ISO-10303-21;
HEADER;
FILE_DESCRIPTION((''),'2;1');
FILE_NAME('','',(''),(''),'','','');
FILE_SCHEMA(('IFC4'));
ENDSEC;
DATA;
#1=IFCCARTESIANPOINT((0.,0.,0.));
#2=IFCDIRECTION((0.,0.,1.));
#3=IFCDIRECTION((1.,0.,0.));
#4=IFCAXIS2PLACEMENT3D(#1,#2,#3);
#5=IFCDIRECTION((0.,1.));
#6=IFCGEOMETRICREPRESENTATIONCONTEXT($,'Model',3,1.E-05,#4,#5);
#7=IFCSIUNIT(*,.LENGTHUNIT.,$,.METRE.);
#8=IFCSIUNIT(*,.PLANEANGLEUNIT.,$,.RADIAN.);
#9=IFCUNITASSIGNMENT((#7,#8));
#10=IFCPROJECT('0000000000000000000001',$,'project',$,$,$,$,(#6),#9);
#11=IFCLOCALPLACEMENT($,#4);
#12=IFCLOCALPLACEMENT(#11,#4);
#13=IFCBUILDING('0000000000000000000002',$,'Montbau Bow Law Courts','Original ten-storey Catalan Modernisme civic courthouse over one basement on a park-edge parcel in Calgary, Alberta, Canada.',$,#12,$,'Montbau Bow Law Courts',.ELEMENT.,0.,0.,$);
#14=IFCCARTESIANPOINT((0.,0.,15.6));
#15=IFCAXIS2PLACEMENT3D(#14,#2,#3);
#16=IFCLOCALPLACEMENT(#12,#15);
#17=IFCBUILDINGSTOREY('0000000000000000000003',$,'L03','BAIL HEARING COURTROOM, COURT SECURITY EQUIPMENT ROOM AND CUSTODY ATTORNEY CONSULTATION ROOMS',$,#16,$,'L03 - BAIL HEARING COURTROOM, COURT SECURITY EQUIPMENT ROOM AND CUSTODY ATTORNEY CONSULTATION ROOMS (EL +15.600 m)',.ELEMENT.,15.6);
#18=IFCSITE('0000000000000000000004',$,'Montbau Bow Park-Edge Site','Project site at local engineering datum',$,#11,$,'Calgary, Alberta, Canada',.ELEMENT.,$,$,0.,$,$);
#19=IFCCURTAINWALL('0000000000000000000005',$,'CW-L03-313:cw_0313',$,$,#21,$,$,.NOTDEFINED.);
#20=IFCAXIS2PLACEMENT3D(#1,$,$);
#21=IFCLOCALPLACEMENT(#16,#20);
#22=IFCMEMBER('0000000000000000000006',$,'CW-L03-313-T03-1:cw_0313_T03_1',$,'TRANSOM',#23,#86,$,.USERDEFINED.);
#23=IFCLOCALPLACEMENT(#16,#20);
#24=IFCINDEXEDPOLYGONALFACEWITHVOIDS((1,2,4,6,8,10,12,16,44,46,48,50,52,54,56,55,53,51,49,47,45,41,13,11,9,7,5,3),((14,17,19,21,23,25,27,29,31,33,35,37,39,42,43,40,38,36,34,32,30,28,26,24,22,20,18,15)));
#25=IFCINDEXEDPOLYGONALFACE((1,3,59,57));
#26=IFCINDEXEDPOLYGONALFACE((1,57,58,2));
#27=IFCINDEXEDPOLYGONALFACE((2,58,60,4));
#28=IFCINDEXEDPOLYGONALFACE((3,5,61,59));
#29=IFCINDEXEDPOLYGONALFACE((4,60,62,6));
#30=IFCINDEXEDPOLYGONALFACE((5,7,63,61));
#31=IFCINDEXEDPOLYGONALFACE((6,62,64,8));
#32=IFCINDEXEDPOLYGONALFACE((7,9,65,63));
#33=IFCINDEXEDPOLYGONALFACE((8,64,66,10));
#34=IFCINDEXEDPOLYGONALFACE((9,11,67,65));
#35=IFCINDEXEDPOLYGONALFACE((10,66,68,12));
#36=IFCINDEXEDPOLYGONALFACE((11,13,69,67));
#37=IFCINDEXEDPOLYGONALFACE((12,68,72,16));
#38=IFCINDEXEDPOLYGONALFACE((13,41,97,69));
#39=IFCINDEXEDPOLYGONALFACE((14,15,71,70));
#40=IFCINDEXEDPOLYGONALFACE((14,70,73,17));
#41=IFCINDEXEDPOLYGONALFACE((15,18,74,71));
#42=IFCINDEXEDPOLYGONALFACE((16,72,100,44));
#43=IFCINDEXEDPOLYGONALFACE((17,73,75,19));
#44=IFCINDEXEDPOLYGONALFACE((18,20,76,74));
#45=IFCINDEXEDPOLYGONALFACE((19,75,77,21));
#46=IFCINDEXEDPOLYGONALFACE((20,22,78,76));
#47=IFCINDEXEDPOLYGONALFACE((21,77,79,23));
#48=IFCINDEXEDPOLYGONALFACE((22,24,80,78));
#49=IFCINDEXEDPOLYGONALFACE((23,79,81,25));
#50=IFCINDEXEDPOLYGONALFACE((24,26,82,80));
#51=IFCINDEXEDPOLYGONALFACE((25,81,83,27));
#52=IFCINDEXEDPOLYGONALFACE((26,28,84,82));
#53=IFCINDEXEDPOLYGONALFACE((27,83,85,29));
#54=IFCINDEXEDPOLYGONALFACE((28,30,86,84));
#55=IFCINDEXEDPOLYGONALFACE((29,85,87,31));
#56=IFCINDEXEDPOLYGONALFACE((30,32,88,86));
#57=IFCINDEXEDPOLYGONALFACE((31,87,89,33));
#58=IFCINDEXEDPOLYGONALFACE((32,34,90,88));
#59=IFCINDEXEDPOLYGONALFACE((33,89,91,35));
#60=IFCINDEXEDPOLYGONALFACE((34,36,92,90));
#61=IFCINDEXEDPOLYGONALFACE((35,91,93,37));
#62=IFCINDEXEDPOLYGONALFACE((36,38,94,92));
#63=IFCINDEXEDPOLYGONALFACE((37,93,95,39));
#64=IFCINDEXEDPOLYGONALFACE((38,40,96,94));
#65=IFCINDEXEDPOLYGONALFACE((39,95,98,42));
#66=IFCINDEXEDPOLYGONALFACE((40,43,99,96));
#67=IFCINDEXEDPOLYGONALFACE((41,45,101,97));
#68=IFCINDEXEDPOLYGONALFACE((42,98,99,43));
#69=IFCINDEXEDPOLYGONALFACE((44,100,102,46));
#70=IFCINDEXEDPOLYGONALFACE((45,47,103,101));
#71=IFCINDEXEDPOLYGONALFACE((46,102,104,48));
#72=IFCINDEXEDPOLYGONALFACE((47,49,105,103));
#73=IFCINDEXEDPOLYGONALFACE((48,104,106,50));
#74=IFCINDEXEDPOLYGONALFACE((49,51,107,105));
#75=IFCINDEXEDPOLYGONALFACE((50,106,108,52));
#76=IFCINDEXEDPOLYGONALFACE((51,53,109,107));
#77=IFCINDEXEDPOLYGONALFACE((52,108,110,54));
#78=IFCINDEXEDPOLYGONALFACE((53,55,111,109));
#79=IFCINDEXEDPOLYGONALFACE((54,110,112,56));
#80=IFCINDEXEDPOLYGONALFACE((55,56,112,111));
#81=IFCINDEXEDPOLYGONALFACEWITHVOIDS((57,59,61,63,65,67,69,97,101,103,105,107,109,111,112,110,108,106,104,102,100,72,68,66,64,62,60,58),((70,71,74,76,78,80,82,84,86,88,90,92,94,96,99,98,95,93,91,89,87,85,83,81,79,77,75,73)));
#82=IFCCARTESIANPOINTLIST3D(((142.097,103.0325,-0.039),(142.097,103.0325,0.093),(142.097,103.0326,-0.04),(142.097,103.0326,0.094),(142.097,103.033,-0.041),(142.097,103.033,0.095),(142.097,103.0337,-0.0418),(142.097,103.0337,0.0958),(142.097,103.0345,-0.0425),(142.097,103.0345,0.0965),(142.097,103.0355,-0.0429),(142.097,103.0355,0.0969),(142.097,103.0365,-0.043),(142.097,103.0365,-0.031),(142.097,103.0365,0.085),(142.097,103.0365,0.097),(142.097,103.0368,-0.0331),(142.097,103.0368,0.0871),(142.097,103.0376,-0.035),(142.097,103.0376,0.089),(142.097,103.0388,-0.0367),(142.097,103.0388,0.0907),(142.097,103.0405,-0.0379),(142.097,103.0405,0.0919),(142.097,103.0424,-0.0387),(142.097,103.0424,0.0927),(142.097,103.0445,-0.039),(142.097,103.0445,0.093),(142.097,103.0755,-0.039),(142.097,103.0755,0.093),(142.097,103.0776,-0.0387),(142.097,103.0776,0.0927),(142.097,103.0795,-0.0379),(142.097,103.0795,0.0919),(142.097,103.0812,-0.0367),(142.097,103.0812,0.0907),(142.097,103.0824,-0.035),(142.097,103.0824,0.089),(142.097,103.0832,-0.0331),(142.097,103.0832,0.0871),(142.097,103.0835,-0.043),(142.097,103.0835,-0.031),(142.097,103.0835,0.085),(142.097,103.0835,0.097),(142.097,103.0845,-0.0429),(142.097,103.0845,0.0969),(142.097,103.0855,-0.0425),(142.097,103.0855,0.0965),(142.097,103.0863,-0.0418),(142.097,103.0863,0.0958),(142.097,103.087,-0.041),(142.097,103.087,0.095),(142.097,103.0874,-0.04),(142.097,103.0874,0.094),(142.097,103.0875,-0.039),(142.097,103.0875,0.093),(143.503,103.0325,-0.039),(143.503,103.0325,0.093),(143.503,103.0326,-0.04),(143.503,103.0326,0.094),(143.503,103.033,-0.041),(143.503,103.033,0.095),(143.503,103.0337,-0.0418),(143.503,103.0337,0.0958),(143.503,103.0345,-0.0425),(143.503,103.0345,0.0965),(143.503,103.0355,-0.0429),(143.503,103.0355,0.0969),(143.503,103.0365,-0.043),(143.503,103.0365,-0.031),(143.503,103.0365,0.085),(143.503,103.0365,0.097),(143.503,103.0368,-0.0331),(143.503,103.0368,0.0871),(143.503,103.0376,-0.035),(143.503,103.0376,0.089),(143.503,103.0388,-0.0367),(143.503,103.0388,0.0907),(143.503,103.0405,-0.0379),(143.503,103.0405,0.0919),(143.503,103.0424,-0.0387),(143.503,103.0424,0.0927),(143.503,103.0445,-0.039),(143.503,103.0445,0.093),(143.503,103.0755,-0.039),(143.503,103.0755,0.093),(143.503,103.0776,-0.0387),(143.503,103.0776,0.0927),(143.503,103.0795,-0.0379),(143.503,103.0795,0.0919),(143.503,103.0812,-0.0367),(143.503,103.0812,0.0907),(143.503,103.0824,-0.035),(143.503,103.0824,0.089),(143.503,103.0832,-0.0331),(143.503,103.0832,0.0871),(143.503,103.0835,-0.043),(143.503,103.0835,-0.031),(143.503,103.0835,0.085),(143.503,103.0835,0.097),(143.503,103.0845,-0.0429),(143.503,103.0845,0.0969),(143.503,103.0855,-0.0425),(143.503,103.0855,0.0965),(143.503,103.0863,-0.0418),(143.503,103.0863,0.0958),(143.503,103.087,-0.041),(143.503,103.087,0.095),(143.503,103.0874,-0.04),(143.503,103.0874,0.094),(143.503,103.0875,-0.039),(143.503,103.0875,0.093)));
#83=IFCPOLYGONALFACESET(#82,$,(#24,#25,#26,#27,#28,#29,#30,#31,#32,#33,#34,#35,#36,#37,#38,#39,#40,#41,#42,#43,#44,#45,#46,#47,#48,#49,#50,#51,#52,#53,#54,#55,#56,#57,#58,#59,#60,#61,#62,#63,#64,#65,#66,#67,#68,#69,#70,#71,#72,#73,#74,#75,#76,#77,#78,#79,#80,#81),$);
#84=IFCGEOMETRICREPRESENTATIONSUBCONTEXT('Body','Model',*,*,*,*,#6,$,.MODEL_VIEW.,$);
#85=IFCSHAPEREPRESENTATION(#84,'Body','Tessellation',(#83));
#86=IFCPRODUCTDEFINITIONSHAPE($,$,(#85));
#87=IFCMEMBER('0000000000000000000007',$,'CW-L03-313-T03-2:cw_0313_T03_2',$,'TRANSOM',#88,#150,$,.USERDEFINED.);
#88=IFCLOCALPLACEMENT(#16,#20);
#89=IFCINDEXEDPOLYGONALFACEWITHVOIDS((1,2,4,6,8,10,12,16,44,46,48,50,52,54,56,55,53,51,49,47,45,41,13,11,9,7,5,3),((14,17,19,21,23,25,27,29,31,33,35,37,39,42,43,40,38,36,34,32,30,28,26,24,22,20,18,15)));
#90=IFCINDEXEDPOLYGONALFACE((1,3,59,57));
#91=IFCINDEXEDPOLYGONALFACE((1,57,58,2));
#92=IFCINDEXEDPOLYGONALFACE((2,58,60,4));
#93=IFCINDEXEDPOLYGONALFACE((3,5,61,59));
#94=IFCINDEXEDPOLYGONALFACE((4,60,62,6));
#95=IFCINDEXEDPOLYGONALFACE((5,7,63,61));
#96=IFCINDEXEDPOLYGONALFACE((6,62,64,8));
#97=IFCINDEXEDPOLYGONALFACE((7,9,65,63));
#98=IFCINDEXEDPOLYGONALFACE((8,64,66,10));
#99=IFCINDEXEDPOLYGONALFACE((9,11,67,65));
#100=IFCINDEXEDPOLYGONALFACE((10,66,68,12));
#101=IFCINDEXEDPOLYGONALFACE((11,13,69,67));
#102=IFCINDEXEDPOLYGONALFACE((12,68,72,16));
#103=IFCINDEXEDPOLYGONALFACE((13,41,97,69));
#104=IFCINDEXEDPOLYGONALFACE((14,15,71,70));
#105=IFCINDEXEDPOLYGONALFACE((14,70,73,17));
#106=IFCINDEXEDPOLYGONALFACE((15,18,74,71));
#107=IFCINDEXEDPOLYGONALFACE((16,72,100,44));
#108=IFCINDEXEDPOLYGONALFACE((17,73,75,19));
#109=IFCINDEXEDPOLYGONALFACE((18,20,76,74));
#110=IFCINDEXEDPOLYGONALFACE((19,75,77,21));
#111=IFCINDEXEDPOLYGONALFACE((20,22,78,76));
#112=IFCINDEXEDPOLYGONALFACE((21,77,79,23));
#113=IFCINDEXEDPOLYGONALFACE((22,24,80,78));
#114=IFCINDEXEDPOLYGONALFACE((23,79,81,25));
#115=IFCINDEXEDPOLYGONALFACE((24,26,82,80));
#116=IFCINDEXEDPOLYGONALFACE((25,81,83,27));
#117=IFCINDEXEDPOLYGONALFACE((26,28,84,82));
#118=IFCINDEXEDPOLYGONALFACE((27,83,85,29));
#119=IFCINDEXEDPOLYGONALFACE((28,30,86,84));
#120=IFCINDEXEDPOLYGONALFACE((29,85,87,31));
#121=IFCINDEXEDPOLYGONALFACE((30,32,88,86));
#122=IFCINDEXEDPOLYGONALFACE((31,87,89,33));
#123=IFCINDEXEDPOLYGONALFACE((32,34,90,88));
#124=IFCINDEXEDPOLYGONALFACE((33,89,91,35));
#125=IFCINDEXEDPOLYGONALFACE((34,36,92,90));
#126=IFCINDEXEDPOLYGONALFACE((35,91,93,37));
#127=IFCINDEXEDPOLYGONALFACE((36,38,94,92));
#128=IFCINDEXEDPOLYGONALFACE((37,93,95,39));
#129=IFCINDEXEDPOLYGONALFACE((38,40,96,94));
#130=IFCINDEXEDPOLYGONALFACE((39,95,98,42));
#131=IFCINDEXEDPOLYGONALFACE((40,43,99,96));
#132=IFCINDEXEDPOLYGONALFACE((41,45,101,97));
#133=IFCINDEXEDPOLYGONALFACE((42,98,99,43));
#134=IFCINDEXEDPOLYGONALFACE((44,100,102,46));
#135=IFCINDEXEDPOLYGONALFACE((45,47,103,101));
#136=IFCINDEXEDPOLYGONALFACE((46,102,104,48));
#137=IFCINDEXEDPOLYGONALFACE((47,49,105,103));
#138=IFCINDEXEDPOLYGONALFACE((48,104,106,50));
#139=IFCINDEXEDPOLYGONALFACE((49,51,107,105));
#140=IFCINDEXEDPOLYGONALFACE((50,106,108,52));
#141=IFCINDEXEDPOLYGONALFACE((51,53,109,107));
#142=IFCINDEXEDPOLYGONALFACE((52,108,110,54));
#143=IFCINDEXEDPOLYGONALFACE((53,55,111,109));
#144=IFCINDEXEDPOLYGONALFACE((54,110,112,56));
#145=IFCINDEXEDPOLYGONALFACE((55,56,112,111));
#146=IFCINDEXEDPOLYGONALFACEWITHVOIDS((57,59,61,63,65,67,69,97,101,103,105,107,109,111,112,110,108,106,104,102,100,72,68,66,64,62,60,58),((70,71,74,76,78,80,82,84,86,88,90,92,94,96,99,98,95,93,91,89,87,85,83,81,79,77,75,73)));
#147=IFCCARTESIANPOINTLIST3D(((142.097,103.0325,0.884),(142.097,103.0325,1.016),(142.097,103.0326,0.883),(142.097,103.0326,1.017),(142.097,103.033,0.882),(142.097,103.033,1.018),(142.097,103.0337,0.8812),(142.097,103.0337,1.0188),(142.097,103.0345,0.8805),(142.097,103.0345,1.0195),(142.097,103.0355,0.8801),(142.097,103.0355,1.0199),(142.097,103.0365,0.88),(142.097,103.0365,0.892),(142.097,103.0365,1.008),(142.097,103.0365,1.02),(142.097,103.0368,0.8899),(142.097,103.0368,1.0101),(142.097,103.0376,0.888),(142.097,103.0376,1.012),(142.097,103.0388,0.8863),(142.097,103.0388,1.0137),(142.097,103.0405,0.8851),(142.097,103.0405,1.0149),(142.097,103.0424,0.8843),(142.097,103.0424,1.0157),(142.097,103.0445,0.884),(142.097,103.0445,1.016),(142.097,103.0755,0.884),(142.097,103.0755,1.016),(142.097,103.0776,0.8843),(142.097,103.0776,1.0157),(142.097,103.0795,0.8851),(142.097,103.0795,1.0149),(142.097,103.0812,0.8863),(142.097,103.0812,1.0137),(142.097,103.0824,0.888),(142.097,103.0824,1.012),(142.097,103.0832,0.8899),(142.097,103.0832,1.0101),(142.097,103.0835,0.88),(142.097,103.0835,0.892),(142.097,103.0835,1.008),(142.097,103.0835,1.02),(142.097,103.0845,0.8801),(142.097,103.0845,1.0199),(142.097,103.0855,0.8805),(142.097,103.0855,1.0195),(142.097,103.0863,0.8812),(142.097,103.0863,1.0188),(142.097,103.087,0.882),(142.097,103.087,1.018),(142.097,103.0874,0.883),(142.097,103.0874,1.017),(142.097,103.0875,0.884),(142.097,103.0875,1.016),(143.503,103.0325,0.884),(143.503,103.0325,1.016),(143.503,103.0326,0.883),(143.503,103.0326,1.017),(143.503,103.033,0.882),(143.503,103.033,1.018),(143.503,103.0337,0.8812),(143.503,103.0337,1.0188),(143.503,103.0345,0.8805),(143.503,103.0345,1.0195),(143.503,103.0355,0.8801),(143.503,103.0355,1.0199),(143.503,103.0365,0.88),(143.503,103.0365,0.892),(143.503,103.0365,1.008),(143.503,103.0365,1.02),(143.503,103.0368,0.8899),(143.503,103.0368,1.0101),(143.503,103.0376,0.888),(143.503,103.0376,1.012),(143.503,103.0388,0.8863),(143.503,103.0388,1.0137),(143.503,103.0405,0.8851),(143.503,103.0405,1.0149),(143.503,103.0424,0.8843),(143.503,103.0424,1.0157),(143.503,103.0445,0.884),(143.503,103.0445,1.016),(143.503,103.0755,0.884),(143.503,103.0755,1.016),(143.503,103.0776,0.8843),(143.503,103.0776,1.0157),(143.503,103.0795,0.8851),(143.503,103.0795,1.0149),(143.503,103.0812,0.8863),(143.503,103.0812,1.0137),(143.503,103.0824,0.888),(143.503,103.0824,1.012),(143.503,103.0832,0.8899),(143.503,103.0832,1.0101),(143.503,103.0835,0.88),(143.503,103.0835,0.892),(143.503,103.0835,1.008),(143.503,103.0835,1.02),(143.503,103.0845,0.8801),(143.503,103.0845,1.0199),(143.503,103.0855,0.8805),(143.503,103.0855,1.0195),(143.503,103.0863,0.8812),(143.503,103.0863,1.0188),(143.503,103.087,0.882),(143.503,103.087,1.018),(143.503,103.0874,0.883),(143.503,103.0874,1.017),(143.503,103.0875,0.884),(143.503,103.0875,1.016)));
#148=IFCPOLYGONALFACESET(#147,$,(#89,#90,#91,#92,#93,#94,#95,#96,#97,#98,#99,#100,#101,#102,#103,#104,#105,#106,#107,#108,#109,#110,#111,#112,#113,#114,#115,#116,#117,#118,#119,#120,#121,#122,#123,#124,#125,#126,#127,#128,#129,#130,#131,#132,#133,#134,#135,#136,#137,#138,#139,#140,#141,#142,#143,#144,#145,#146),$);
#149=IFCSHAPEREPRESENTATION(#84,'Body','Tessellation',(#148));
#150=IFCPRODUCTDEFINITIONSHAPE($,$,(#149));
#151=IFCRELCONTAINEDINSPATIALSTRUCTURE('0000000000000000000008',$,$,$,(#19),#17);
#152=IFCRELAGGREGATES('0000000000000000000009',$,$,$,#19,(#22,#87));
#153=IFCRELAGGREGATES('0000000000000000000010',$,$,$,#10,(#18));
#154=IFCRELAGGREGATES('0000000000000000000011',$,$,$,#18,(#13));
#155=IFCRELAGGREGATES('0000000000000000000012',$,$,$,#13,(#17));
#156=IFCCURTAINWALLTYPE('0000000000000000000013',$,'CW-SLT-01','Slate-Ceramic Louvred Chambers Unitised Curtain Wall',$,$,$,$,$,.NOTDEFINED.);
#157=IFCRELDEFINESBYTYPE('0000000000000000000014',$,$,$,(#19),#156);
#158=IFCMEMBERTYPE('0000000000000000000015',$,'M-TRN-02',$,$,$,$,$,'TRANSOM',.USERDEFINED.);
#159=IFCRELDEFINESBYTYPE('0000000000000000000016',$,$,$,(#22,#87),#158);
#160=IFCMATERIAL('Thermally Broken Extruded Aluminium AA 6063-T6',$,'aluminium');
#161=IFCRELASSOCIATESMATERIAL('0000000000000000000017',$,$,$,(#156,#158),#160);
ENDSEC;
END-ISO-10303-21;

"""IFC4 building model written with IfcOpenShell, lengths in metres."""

from ifc_helpers import new_model, si_unit, direction, frame, origin_with_axes, origin_2d_with_axis, place, context, subcontext, project, spatial, hollow_rectangle, extrude, material, material_profile, profile_set, type_object, element, aggregate, save


model = new_model("IFC4")

# Units and contexts
model_context = context("Model", 3, precision=1e-05, world=origin_with_axes(), true_north=direction((0.0, 1.0)))
body_context = subcontext(model_context, "Body", "Model", "MODEL_VIEW")
ifc_project = project(units=[si_unit("LENGTHUNIT", "METRE"), si_unit("PLANEANGLEUNIT", "RADIAN")], contexts=[model_context])

# Site, building, storey
site_placement = place(None, origin_with_axes())
site = spatial("IfcSite", under=ifc_project, at=site_placement, Name="Montbau Bow Park-Edge Site", Description="Project site at local engineering datum", LongName="Calgary, Alberta, Canada", CompositionType="ELEMENT", RefElevation=0.0)
building_placement = place(site_placement, origin_with_axes())
building = spatial("IfcBuilding", under=site, at=building_placement, Name="Montbau Bow Law Courts", Description="Original ten-storey Catalan Modernisme civic courthouse over one basement on a park-edge parcel in Calgary, Alberta, Canada.", LongName="Montbau Bow Law Courts", CompositionType="ELEMENT", ElevationOfRefHeight=0.0, ElevationOfTerrain=0.0)
storey_placement = place(building_placement, frame((0.0, 0.0, 15.6), z_axis=(0.0, 0.0, 1.0), x_axis=(1.0, 0.0, 0.0)))
storey = spatial("IfcBuildingStorey", under=building, at=storey_placement, Name="L03", Description="BAIL HEARING COURTROOM, COURT SECURITY EQUIPMENT ROOM AND CUSTODY ATTORNEY CONSULTATION ROOMS", LongName="L03 - BAIL HEARING COURTROOM, COURT SECURITY EQUIPMENT ROOM AND CUSTODY ATTORNEY CONSULTATION ROOMS (EL +15.600 m)", CompositionType="ELEMENT", Elevation=15.6)

# Curtain wall, members
ifc_material_1 = material(Name="Thermally Broken Extruded Aluminium AA 6063-T6", Category="aluminium")
curtain_wall_type = type_object("IfcCurtainWallType", Name="CW-SLT-01", Description="Slate-Ceramic Louvred Chambers Unitised Curtain Wall", PredefinedType="NOTDEFINED", material=ifc_material_1)
curtain_wall_placement = place(None, frame((139.115, 103.06, 15.6), z_axis=(0.0, 0.0, 1.0), x_axis=(1.0, 0.0, 0.0)))
curtain_wall = element("IfcCurtainWall", 1, at=curtain_wall_placement, inside=storey, type_object=curtain_wall_type, Name="CW-L03-313:cw_0313", PredefinedType="NOTDEFINED")
ifc_material_profile_1 = material_profile(ifc_material_1, hollow_rectangle(XDim=0.055, YDim=0.14, WallThickness=0.004, InnerFilletRadius=0.008, OuterFilletRadius=0.004, at=origin_2d_with_axis()), Name="CWT-140X55", Category="Main", Priority=0)
ifc_profile_set_1 = profile_set([ifc_material_profile_1], Name="Thermally Broken Extruded Aluminium AA 6063-T6")
member_type_1 = type_object("IfcMemberType", Name="M-TRN-02", ElementType="TRANSOM", PredefinedType="USERDEFINED", material=ifc_profile_set_1)
member_1_placement = place(None, frame((142.097, 103.06, 15.627), z_axis=(1.0, 0.0, 0.0), x_axis=(0.0, 1.0, 0.0)))
member_1 = element("IfcMember", 2, at=member_1_placement, type_object=member_type_1, Name="CW-L03-313-T03-1:cw_0313_T03_1", ObjectType="TRANSOM", PredefinedType="USERDEFINED", context=body_context, shape_type="SweptSolid", body=[
    extrude(hollow_rectangle(XDim=0.055, YDim=0.14, WallThickness=0.004, InnerFilletRadius=0.008, OuterFilletRadius=0.004, at=origin_2d_with_axis()), origin_with_axes(), (0.0, 0.0, 1.0), 1.406),
])
member_2_placement = place(None, frame((142.097, 103.06, 16.55), z_axis=(1.0, 0.0, 0.0), x_axis=(0.0, 1.0, 0.0)))
member_2 = element("IfcMember", 3, at=member_2_placement, type_object=member_type_1, Name="CW-L03-313-T03-2:cw_0313_T03_2", ObjectType="TRANSOM", PredefinedType="USERDEFINED", context=body_context, shape_type="SweptSolid", body=[
    extrude(hollow_rectangle(XDim=0.055, YDim=0.14, WallThickness=0.004, InnerFilletRadius=0.008, OuterFilletRadius=0.004, at=origin_2d_with_axis()), origin_with_axes(), (0.0, 0.0, 1.0), 1.406),
])
aggregate(curtain_wall, [member_1, member_2])

save(model, "model.ifc")
